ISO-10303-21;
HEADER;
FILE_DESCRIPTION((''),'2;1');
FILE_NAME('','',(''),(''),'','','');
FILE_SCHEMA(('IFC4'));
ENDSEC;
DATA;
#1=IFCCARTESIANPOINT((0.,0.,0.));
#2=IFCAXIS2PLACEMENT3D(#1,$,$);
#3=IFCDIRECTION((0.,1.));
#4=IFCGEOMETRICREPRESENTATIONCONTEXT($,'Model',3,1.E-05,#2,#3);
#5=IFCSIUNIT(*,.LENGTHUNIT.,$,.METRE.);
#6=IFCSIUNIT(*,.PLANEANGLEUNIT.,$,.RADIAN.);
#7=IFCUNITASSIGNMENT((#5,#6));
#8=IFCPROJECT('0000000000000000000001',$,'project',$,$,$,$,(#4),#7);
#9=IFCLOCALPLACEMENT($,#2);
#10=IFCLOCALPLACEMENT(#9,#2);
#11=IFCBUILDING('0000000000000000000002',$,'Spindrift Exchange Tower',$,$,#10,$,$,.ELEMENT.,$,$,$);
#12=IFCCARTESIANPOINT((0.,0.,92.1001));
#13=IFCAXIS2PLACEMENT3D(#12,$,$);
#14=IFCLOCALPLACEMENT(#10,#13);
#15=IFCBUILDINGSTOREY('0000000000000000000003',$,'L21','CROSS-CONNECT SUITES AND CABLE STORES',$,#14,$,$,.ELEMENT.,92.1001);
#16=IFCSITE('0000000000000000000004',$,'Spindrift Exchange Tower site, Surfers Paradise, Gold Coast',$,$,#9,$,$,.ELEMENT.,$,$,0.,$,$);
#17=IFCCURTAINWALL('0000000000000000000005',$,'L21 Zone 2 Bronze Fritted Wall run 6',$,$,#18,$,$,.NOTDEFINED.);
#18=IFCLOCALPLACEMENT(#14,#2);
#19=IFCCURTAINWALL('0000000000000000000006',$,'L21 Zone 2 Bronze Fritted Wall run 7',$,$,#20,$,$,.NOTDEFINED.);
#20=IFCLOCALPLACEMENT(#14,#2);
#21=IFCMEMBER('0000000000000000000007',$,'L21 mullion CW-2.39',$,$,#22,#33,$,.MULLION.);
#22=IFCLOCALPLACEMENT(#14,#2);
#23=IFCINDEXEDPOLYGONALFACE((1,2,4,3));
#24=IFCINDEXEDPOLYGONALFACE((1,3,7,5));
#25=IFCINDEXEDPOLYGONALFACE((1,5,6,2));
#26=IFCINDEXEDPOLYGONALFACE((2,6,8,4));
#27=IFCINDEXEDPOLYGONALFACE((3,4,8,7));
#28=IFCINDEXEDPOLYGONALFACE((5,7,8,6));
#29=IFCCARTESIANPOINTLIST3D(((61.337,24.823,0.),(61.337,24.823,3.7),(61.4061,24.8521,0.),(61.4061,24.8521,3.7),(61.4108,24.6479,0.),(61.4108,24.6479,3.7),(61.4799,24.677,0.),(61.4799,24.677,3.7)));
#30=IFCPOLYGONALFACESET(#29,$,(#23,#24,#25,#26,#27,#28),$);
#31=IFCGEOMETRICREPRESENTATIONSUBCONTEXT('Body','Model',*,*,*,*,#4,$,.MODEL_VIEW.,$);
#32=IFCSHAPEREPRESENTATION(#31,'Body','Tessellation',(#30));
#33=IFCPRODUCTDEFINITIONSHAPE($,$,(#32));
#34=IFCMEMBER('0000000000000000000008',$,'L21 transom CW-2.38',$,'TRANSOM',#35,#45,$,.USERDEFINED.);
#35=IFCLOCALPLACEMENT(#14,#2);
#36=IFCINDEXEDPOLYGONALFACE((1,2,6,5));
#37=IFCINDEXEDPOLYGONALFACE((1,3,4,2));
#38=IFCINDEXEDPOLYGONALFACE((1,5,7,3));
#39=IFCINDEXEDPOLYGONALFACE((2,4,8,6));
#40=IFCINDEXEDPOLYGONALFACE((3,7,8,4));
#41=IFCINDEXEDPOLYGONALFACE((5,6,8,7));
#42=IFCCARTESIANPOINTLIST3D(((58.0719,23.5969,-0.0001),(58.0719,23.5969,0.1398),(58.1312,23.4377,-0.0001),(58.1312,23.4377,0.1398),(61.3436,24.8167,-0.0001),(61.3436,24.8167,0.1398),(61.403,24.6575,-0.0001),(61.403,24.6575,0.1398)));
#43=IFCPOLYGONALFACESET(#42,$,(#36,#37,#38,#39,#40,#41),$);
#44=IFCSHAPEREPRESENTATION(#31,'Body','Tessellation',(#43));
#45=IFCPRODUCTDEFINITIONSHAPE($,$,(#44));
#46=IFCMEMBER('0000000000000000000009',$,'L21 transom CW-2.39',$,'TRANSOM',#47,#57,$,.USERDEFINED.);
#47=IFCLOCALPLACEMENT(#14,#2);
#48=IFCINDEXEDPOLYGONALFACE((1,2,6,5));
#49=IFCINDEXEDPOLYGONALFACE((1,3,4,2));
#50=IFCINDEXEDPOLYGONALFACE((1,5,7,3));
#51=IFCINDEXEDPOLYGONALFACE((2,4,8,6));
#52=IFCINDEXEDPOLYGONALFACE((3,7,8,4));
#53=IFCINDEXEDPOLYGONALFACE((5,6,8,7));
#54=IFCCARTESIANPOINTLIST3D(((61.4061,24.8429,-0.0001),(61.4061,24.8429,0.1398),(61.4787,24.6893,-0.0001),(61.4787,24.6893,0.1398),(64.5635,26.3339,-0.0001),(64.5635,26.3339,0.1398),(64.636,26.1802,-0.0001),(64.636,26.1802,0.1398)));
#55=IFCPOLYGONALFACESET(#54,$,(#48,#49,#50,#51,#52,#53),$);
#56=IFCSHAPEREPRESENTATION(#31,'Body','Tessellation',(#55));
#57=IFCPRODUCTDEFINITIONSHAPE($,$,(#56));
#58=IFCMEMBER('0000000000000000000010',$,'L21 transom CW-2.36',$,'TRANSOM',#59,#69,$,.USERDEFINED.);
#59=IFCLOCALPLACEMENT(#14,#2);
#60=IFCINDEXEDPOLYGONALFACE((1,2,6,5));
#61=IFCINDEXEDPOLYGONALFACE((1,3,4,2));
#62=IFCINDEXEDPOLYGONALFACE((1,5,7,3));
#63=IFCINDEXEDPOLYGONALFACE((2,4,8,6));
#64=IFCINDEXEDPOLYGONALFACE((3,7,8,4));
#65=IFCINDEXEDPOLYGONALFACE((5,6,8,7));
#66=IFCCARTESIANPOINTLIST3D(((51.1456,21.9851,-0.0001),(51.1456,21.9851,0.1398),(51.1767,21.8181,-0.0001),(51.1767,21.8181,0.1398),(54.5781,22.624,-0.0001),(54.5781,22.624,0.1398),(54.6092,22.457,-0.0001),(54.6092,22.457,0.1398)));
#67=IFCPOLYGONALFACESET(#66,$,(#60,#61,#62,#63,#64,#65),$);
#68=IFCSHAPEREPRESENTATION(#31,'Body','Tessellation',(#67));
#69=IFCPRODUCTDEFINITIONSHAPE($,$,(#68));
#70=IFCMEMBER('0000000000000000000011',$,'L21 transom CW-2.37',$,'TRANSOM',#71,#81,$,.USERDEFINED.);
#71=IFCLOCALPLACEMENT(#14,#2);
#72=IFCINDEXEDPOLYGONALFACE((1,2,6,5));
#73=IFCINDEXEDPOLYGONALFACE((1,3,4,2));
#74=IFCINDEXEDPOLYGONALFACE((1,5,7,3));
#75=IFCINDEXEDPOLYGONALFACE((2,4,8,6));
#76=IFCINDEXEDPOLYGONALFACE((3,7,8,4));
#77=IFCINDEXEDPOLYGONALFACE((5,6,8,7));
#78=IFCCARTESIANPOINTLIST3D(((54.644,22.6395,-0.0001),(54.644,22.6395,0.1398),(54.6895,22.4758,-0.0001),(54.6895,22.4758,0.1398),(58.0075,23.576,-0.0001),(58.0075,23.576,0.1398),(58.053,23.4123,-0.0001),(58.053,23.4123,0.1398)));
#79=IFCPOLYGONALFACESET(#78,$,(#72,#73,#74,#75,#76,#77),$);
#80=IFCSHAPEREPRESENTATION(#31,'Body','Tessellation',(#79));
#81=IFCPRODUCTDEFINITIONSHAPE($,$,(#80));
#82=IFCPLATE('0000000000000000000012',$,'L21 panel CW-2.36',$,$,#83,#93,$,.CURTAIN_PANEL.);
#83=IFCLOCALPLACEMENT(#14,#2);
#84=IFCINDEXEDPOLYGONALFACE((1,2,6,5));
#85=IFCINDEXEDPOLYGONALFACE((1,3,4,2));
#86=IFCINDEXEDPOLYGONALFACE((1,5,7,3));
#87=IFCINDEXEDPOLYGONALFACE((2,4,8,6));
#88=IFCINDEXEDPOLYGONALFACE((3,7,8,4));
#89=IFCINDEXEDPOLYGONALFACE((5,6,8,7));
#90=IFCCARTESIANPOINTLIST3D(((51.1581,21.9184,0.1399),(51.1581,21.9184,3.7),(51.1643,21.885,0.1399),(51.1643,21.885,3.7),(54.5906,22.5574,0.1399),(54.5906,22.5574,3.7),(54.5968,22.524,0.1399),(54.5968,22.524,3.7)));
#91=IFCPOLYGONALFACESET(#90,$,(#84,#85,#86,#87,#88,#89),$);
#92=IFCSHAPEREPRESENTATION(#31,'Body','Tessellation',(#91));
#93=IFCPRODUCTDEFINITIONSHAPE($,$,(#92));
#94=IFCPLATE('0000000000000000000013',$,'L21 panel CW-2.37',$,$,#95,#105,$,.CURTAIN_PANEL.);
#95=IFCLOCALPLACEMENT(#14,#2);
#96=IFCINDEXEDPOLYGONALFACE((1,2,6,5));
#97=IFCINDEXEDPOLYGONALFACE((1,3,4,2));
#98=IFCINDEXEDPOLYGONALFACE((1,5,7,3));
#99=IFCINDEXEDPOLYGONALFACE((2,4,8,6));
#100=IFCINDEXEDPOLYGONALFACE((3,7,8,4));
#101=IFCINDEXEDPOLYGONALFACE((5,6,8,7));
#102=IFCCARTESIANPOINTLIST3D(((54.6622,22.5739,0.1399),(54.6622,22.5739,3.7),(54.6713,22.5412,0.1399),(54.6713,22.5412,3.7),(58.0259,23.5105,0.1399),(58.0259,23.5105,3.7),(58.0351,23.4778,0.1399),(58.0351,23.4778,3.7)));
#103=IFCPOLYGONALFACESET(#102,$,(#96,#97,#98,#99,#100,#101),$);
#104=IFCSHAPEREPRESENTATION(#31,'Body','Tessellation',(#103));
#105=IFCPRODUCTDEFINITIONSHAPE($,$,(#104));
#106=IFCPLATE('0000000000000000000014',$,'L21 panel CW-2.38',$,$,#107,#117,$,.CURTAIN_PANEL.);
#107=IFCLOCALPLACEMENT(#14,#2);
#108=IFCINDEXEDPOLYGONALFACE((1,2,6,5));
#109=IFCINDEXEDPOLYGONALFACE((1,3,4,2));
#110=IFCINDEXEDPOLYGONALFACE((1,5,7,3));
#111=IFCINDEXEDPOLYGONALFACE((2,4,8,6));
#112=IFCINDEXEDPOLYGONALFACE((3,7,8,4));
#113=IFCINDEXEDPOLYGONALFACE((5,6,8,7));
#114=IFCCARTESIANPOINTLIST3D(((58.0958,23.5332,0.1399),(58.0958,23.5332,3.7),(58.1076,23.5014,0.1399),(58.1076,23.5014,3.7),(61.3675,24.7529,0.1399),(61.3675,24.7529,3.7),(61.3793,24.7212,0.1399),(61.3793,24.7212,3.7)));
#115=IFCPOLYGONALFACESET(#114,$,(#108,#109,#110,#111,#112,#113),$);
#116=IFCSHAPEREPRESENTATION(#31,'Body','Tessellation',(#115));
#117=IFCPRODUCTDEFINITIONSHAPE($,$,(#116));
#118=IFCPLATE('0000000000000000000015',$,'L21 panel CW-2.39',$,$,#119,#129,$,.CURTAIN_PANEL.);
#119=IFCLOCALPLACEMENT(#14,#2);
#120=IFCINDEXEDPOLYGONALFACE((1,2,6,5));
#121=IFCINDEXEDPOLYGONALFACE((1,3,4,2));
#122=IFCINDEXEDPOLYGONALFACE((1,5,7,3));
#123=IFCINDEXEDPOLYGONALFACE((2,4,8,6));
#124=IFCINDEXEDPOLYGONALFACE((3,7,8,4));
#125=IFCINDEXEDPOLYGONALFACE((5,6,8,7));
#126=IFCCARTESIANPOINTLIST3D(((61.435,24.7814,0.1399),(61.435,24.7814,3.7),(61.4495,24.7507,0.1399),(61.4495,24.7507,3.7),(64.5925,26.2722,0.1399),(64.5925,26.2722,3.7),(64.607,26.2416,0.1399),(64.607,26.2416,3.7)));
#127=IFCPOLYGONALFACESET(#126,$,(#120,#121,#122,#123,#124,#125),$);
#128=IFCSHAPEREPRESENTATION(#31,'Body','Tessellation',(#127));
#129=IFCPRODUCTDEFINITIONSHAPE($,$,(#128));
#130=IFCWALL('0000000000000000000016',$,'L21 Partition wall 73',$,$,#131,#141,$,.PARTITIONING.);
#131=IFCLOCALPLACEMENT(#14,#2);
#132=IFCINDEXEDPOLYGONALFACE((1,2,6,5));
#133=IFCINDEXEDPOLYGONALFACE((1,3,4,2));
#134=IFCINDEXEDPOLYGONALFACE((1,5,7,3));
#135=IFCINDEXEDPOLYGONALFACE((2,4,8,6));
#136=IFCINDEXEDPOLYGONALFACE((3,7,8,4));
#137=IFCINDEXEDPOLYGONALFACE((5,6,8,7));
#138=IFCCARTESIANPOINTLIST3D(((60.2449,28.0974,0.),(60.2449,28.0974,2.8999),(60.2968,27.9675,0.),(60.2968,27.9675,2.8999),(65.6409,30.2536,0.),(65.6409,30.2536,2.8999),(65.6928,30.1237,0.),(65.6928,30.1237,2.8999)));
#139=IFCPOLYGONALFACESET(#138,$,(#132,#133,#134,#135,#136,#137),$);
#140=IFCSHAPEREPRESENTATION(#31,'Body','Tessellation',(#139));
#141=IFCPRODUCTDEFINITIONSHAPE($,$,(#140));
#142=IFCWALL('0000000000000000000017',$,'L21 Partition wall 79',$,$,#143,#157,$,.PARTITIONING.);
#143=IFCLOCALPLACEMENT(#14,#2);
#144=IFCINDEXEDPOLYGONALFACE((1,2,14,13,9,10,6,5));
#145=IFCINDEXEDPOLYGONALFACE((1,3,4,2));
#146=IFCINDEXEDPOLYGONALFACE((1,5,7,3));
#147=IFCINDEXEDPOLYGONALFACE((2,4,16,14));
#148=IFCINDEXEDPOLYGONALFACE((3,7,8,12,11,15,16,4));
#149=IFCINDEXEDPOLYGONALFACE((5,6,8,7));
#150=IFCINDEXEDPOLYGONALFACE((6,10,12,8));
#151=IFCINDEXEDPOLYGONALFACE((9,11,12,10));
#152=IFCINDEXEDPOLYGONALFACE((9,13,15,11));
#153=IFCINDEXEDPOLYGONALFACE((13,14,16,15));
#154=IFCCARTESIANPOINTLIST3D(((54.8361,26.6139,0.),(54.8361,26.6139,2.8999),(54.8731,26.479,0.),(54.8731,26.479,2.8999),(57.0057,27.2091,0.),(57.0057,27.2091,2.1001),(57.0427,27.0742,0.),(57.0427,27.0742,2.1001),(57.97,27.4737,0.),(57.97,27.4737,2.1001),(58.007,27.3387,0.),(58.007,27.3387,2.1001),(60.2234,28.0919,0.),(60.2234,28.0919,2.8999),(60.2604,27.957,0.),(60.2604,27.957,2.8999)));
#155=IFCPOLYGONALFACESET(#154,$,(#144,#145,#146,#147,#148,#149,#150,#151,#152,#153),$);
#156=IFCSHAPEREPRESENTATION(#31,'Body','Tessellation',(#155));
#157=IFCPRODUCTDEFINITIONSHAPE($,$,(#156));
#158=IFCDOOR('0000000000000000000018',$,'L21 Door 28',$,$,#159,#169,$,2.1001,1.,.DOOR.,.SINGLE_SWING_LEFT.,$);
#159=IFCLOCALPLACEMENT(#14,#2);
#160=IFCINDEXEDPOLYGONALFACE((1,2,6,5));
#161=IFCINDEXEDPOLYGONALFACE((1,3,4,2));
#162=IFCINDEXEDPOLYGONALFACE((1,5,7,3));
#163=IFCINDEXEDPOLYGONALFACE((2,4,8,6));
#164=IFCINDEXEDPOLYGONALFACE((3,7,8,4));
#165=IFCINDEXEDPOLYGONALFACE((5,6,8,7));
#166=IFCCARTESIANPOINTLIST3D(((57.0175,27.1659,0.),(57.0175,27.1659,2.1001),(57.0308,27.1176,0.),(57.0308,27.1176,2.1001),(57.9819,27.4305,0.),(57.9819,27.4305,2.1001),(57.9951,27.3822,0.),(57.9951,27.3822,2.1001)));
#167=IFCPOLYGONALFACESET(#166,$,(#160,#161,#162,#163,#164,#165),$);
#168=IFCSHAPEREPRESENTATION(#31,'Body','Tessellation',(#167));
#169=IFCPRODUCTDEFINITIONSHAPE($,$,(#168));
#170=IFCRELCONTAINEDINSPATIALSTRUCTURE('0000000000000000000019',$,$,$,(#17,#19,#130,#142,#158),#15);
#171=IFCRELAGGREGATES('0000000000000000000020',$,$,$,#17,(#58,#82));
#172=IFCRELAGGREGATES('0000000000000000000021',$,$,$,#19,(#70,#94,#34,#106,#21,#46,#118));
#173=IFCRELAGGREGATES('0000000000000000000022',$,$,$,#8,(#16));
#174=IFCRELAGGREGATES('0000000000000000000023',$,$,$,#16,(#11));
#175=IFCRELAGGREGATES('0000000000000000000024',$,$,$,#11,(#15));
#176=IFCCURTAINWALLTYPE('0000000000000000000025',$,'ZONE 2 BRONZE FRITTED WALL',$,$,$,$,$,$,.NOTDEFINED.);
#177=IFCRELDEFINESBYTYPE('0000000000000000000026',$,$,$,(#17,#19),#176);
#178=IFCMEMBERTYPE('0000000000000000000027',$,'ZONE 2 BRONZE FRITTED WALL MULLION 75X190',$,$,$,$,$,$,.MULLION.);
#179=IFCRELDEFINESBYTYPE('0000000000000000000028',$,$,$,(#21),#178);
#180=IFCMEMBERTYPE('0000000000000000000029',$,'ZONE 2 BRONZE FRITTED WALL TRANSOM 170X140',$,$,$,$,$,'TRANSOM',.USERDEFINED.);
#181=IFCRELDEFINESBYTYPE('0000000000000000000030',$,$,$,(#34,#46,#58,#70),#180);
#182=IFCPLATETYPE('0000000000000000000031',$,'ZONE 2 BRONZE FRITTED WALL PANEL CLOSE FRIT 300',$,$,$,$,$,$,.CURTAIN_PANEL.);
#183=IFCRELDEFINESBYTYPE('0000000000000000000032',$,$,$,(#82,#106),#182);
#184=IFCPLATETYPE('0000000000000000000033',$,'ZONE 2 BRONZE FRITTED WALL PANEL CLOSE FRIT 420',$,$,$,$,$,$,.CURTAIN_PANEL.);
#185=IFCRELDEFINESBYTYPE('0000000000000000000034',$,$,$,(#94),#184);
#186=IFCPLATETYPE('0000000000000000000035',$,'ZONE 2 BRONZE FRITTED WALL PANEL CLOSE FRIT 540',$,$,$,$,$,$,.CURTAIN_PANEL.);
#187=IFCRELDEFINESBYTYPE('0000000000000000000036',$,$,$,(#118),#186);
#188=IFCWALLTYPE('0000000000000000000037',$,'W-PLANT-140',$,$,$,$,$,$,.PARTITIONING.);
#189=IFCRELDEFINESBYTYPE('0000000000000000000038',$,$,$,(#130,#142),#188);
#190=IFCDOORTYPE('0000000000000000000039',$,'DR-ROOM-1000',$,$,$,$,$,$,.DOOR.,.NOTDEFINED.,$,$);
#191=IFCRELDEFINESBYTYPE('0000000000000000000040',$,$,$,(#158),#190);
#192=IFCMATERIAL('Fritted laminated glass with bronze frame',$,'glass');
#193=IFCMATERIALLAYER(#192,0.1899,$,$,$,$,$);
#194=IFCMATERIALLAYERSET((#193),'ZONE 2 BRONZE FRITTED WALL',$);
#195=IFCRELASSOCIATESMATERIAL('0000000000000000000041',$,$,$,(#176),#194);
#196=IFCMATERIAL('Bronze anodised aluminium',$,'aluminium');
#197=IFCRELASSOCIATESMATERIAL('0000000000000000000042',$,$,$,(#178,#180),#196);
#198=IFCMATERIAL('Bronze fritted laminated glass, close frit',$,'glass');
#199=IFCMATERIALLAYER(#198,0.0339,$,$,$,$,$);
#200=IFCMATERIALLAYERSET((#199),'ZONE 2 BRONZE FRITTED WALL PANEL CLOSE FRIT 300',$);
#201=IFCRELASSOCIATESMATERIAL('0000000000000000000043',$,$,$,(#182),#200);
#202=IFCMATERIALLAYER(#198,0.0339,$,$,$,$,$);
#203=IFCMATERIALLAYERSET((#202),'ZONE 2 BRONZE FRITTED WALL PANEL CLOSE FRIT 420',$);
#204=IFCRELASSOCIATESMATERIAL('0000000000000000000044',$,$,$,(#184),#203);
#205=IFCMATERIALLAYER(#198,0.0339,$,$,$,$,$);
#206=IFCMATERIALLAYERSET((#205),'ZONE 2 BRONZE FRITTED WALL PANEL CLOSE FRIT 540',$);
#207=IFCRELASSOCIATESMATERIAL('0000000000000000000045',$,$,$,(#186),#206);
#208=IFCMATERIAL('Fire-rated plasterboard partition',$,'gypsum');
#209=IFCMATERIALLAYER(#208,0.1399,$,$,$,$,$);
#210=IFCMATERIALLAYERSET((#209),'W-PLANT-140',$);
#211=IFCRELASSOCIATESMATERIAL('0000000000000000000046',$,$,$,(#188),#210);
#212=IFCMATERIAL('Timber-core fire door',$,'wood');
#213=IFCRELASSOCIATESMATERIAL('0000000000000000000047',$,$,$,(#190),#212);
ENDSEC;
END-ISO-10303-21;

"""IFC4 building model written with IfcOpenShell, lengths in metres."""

from ifc_helpers import new_model, si_unit, direction, frame, frame_2d, origin, origin_2d, place, context, subcontext, project, spatial, rectangle, extrude, source, transform, mapped, material, layer, layer_set, material_profile, profile_set, type_object, element, fill, aggregate, save


model = new_model("IFC4")

# Units and contexts
model_context = context("Model", 3, precision=1e-05, world=origin(), true_north=direction((0.0, 1.0)))
body_context = subcontext(model_context, "Body", "Model", "MODEL_VIEW")
ifc_project = project(units=[si_unit("LENGTHUNIT", "METRE"), si_unit("PLANEANGLEUNIT", "RADIAN")], contexts=[model_context])

# Site, building, storey
site_placement = place(None, origin())
site = spatial("IfcSite", under=ifc_project, at=site_placement, Name="Spindrift Exchange Tower site, Surfers Paradise, Gold Coast", CompositionType="ELEMENT", RefElevation=0.0)
building_placement = place(site_placement, origin())
building = spatial("IfcBuilding", under=site, at=building_placement, Name="Spindrift Exchange Tower", CompositionType="ELEMENT")
storey_placement = place(building_placement, frame((0.0, 0.0, 92.1001)))
storey = spatial("IfcBuildingStorey", under=building, at=storey_placement, Name="L21", Description="CROSS-CONNECT SUITES AND CABLE STORES", CompositionType="ELEMENT", Elevation=92.1001)

# Curtain wall
ifc_material_1 = material(Name="Fritted laminated glass with bronze frame", Category="glass")
ifc_layer_1 = layer(ifc_material_1, 0.1899)
ifc_layer_set_1 = layer_set([ifc_layer_1], Name="ZONE 2 BRONZE FRITTED WALL")
curtain_wall_type = type_object("IfcCurtainWallType", Name="ZONE 2 BRONZE FRITTED WALL", PredefinedType="NOTDEFINED", material=ifc_layer_set_1)
curtain_wall_1_placement = place(storey_placement, origin())
curtain_wall_1 = element("IfcCurtainWall", 1, at=curtain_wall_1_placement, inside=storey, type_object=curtain_wall_type, Name="L21 Zone 2 Bronze Fritted Wall run 6", PredefinedType="NOTDEFINED")
ifc_material_2 = material(Name="Bronze anodised aluminium", Category="aluminium")
ifc_material_profile_1 = material_profile(ifc_material_2, rectangle(XDim=0.075, YDim=0.1899, at=origin_2d()), Name="ZONE 2 BRONZE FRITTED WALL MULLION 75X190")
ifc_profile_set_1 = profile_set([ifc_material_profile_1], Name="Bronze anodised aluminium")
member_type_1 = type_object("IfcMemberType", Name="ZONE 2 BRONZE FRITTED WALL MULLION 75X190", PredefinedType="MULLION", material=ifc_profile_set_1)
shared_shape_1 = source(origin(), body_context, "Body", "SweptSolid", [
    extrude(rectangle(XDim=0.075, YDim=0.1899, at=origin_2d()), origin(), (0.0, 0.0, 1.0), 3.7),
])

# Curtain wall, members
curtain_wall_2_placement = place(storey_placement, origin())
curtain_wall_2 = element("IfcCurtainWall", 2, at=curtain_wall_2_placement, inside=storey, type_object=curtain_wall_type, Name="L21 Zone 2 Bronze Fritted Wall run 7", PredefinedType="NOTDEFINED")
member_1_placement = place(storey_placement, frame((61.4084, 24.75, 0.0), z_axis=(0.0, 0.0, 1.0), x_axis=(0.921454, 0.388488, 0.0)))
member_1 = element("IfcMember", 3, at=member_1_placement, type_object=member_type_1, Name="L21 mullion CW-2.39", PredefinedType="MULLION", context=body_context, shape_type="MappedRepresentation", body=[
    mapped(shared_shape_1, transform((0.0, 0.0, 0.0), scale=1.0)),
])
ifc_material_profile_2 = material_profile(ifc_material_2, rectangle(XDim=0.1699, YDim=0.1399, at=origin_2d()), Name="ZONE 2 BRONZE FRITTED WALL TRANSOM 170X140")
ifc_profile_set_2 = profile_set([ifc_material_profile_2], Name="Bronze anodised aluminium")
member_type_2 = type_object("IfcMemberType", Name="ZONE 2 BRONZE FRITTED WALL TRANSOM 170X140", ElementType="TRANSOM", PredefinedType="USERDEFINED", material=ifc_profile_set_2)
shared_shape_2 = source(origin(), body_context, "Body", "SweptSolid", [
    extrude(rectangle(XDim=0.1699, YDim=0.1399, at=origin_2d()), origin(), (0.0, 0.0, 1.0), 3.4917),
])
member_2_placement = place(storey_placement, frame((58.1016, 23.5173, 0.0698), z_axis=(0.937003, 0.349322, 0.0), x_axis=(-0.349322, 0.937003, 0.0)))
member_2 = element("IfcMember", 4, at=member_2_placement, type_object=member_type_2, Name="L21 transom CW-2.38", ObjectType="TRANSOM", PredefinedType="USERDEFINED", context=body_context, shape_type="MappedRepresentation", body=[
    mapped(shared_shape_2, transform((0.0, 0.0, 0.0), scale=1.0)),
])
member_3_placement = place(storey_placement, frame((61.4424, 24.7661, 0.0698), z_axis=(0.904255, 0.426992, 0.0), x_axis=(-0.426992, 0.904255, 0.0)))
member_3 = element("IfcMember", 5, at=member_3_placement, type_object=member_type_2, Name="L21 transom CW-2.39", ObjectType="TRANSOM", PredefinedType="USERDEFINED", context=body_context, shape_type="MappedRepresentation", body=[
    mapped(shared_shape_2, transform((0.0, 0.0, 0.0), scale=1.0)),
])

# Members
shared_shape_3 = source(origin(), body_context, "Body", "SweptSolid", [
    extrude(rectangle(XDim=0.1699, YDim=0.1399, at=origin_2d()), origin(), (0.0, 0.0, 1.0), 3.4915),
])
member_4_placement = place(storey_placement, frame((51.1611, 21.9016, 0.0698), z_axis=(0.983115, 0.182988, 0.0), x_axis=(-0.182988, 0.983115, 0.0)))
member_4 = element("IfcMember", 6, at=member_4_placement, type_object=member_type_2, Name="L21 transom CW-2.36", ObjectType="TRANSOM", PredefinedType="USERDEFINED", context=body_context, shape_type="MappedRepresentation", body=[
    mapped(shared_shape_3, transform((0.0, 0.0, 0.0), scale=1.0)),
])
member_5_placement = place(storey_placement, frame((54.6667, 22.5576, 0.0698), z_axis=(0.963354, 0.268232, 0.0), x_axis=(-0.268232, 0.963354, 0.0)))
member_5 = element("IfcMember", 7, at=member_5_placement, type_object=member_type_2, Name="L21 transom CW-2.37", ObjectType="TRANSOM", PredefinedType="USERDEFINED", context=body_context, shape_type="MappedRepresentation", body=[
    mapped(shared_shape_3, transform((0.0, 0.0, 0.0), scale=1.0)),
])

# Plates
ifc_material_3 = material(Name="Bronze fritted laminated glass, close frit", Category="glass")
ifc_layer_2 = layer(ifc_material_3, 0.0339)
ifc_layer_set_2 = layer_set([ifc_layer_2], Name="ZONE 2 BRONZE FRITTED WALL PANEL CLOSE FRIT 300")
plate_type_1 = type_object("IfcPlateType", Name="ZONE 2 BRONZE FRITTED WALL PANEL CLOSE FRIT 300", PredefinedType="CURTAIN_PANEL", material=ifc_layer_set_2)
shared_shape_4 = source(origin(), body_context, "Body", "SweptSolid", [
    extrude(rectangle(XDim=3.4915, YDim=0.0339, at=origin_2d()), origin(), (0.0, 0.0, 1.0), 3.5601),
])
plate_1_placement = place(storey_placement, frame((52.8774, 22.2212, 0.1399), z_axis=(0.0, 0.0, 1.0), x_axis=(0.983111, 0.183008, 0.0)))
plate_1 = element("IfcPlate", 8, at=plate_1_placement, type_object=plate_type_1, Name="L21 panel CW-2.36", PredefinedType="CURTAIN_PANEL", context=body_context, shape_type="MappedRepresentation", body=[
    mapped(shared_shape_4, transform((0.0, 0.0, 0.0), scale=1.0)),
])
aggregate(curtain_wall_1, [member_4, plate_1])
ifc_layer_3 = layer(ifc_material_3, 0.0339)
ifc_layer_set_3 = layer_set([ifc_layer_3], Name="ZONE 2 BRONZE FRITTED WALL PANEL CLOSE FRIT 420")
plate_type_2 = type_object("IfcPlateType", Name="ZONE 2 BRONZE FRITTED WALL PANEL CLOSE FRIT 420", PredefinedType="CURTAIN_PANEL", material=ifc_layer_set_3)
shared_shape_5 = source(origin(), body_context, "Body", "SweptSolid", [
    extrude(rectangle(XDim=3.4917, YDim=0.0339, at=origin_2d()), origin(), (0.0, 0.0, 1.0), 3.5601),
])
plate_2_placement = place(storey_placement, frame((56.3486, 23.0259, 0.1399), z_axis=(0.0, 0.0, 1.0), x_axis=(0.963352, 0.268239, 0.0)))
plate_2 = element("IfcPlate", 9, at=plate_2_placement, type_object=plate_type_2, Name="L21 panel CW-2.37", PredefinedType="CURTAIN_PANEL", context=body_context, shape_type="MappedRepresentation", body=[
    mapped(shared_shape_5, transform((0.0, 0.0, 0.0), scale=1.0)),
])
shared_shape_6 = source(origin(), body_context, "Body", "SweptSolid", [
    extrude(rectangle(XDim=3.4917, YDim=0.0339, at=origin_2d()), origin(), (0.0, 0.0, 1.0), 3.5601),
])
plate_3_placement = place(storey_placement, frame((59.7375, 24.1272, 0.1399), z_axis=(0.0, 0.0, 1.0), x_axis=(0.937005, 0.349316, 0.0)))
plate_3 = element("IfcPlate", 10, at=plate_3_placement, type_object=plate_type_1, Name="L21 panel CW-2.38", PredefinedType="CURTAIN_PANEL", context=body_context, shape_type="MappedRepresentation", body=[
    mapped(shared_shape_6, transform((0.0, 0.0, 0.0), scale=1.0)),
])
ifc_layer_4 = layer(ifc_material_3, 0.0339)
ifc_layer_set_4 = layer_set([ifc_layer_4], Name="ZONE 2 BRONZE FRITTED WALL PANEL CLOSE FRIT 540")
plate_type_3 = type_object("IfcPlateType", Name="ZONE 2 BRONZE FRITTED WALL PANEL CLOSE FRIT 540", PredefinedType="CURTAIN_PANEL", material=ifc_layer_set_4)
shared_shape_7 = source(origin(), body_context, "Body", "SweptSolid", [
    extrude(rectangle(XDim=3.4917, YDim=0.0339, at=origin_2d()), origin(), (0.0, 0.0, 1.0), 3.5601),
])
plate_4_placement = place(storey_placement, frame((63.021, 25.5115, 0.1399), z_axis=(0.0, 0.0, 1.0), x_axis=(0.904266, 0.42697, 0.0)))
plate_4 = element("IfcPlate", 11, at=plate_4_placement, type_object=plate_type_3, Name="L21 panel CW-2.39", PredefinedType="CURTAIN_PANEL", context=body_context, shape_type="MappedRepresentation", body=[
    mapped(shared_shape_7, transform((0.0, 0.0, 0.0), scale=1.0)),
])
aggregate(curtain_wall_2, [member_5, plate_2, member_2, plate_3, member_1, member_3, plate_4])

# Wall
ifc_material_4 = material(Name="Fire-rated plasterboard partition", Category="gypsum")
ifc_layer_5 = layer(ifc_material_4, 0.1399)
ifc_layer_set_5 = layer_set([ifc_layer_5], Name="W-PLANT-140")
wall_type = type_object("IfcWallType", Name="W-PLANT-140", PredefinedType="PARTITIONING", material=ifc_layer_set_5)
wall_1_placement = place(storey_placement, frame((60.271, 28.0325, 0.0), z_axis=(0.0, 0.0, 1.0), x_axis=(0.928604, 0.371072, 0.0)))
element("IfcWall", 12, at=wall_1_placement, inside=storey, type_object=wall_type, Name="L21 Partition wall 73", PredefinedType="PARTITIONING", context=body_context, shape_type="SweptSolid", body=[
    extrude(rectangle(XDim=5.8108, YDim=0.1399, at=frame_2d((2.9053, 0.0))), origin(), (0.0, 0.0, 1.0), 2.8999),
])

# Wall, opening, door
wall_2_placement = place(storey_placement, frame((60.2419, 28.0244, 0.0), z_axis=(0.0, 0.0, 1.0), x_axis=(-0.964366, -0.26457, 0.0)))
wall_2 = element("IfcWall", 13, at=wall_2_placement, inside=storey, type_object=wall_type, Name="L21 Partition wall 79", PredefinedType="PARTITIONING", context=body_context, shape_type="SweptSolid", body=[
    extrude(rectangle(XDim=5.5864, YDim=0.1399, at=frame_2d((2.7932, 0.0))), origin(), (0.0, 0.0, 1.0), 2.8999),
])
opening_placement = place(wall_2_placement, frame((2.3367, 0.0, 0.0)))
opening = element("IfcOpeningElement", 14, at=opening_placement, cuts=wall_2, PredefinedType="OPENING", context=body_context, shape_type="SweptSolid", body=[
    extrude(rectangle(XDim=1.0, YDim=2.1001, at=frame_2d((0.5, 1.05))), frame((0.0, 0.0798, 0.0), z_axis=(0.0, -1.0, 0.0), x_axis=(1.0, 0.0, 0.0)), (0.0, 0.0, 1.0), 0.1599),
])
ifc_material_5 = material(Name="Timber-core fire door", Category="wood")
door_type = type_object("IfcDoorType", Name="DR-ROOM-1000", OperationType="NOTDEFINED", PredefinedType="DOOR", material=ifc_material_5)
shared_shape_8 = source(origin(), body_context, "Body", "SweptSolid", [
    extrude(rectangle(XDim=1.0, YDim=2.1001, at=frame_2d((0.5, 1.05))), frame((0.0, 0.0249, 0.0), z_axis=(0.0, -1.0, 0.0), x_axis=(1.0, 0.0, 0.0)), (0.0, 0.0, 1.0), 0.05),
])
door_placement = place(opening_placement, origin())
door = element("IfcDoor", 15, at=door_placement, inside=storey, type_object=door_type, Name="L21 Door 28", OperationType="SINGLE_SWING_LEFT", OverallHeight=2.1001, OverallWidth=1.0, PredefinedType="DOOR", context=body_context, shape_type="MappedRepresentation", body=[
    mapped(shared_shape_8, transform((0.0, 0.0, 0.0), scale=1.0)),
])
fill(opening, door)

save(model, "model.ifc")
